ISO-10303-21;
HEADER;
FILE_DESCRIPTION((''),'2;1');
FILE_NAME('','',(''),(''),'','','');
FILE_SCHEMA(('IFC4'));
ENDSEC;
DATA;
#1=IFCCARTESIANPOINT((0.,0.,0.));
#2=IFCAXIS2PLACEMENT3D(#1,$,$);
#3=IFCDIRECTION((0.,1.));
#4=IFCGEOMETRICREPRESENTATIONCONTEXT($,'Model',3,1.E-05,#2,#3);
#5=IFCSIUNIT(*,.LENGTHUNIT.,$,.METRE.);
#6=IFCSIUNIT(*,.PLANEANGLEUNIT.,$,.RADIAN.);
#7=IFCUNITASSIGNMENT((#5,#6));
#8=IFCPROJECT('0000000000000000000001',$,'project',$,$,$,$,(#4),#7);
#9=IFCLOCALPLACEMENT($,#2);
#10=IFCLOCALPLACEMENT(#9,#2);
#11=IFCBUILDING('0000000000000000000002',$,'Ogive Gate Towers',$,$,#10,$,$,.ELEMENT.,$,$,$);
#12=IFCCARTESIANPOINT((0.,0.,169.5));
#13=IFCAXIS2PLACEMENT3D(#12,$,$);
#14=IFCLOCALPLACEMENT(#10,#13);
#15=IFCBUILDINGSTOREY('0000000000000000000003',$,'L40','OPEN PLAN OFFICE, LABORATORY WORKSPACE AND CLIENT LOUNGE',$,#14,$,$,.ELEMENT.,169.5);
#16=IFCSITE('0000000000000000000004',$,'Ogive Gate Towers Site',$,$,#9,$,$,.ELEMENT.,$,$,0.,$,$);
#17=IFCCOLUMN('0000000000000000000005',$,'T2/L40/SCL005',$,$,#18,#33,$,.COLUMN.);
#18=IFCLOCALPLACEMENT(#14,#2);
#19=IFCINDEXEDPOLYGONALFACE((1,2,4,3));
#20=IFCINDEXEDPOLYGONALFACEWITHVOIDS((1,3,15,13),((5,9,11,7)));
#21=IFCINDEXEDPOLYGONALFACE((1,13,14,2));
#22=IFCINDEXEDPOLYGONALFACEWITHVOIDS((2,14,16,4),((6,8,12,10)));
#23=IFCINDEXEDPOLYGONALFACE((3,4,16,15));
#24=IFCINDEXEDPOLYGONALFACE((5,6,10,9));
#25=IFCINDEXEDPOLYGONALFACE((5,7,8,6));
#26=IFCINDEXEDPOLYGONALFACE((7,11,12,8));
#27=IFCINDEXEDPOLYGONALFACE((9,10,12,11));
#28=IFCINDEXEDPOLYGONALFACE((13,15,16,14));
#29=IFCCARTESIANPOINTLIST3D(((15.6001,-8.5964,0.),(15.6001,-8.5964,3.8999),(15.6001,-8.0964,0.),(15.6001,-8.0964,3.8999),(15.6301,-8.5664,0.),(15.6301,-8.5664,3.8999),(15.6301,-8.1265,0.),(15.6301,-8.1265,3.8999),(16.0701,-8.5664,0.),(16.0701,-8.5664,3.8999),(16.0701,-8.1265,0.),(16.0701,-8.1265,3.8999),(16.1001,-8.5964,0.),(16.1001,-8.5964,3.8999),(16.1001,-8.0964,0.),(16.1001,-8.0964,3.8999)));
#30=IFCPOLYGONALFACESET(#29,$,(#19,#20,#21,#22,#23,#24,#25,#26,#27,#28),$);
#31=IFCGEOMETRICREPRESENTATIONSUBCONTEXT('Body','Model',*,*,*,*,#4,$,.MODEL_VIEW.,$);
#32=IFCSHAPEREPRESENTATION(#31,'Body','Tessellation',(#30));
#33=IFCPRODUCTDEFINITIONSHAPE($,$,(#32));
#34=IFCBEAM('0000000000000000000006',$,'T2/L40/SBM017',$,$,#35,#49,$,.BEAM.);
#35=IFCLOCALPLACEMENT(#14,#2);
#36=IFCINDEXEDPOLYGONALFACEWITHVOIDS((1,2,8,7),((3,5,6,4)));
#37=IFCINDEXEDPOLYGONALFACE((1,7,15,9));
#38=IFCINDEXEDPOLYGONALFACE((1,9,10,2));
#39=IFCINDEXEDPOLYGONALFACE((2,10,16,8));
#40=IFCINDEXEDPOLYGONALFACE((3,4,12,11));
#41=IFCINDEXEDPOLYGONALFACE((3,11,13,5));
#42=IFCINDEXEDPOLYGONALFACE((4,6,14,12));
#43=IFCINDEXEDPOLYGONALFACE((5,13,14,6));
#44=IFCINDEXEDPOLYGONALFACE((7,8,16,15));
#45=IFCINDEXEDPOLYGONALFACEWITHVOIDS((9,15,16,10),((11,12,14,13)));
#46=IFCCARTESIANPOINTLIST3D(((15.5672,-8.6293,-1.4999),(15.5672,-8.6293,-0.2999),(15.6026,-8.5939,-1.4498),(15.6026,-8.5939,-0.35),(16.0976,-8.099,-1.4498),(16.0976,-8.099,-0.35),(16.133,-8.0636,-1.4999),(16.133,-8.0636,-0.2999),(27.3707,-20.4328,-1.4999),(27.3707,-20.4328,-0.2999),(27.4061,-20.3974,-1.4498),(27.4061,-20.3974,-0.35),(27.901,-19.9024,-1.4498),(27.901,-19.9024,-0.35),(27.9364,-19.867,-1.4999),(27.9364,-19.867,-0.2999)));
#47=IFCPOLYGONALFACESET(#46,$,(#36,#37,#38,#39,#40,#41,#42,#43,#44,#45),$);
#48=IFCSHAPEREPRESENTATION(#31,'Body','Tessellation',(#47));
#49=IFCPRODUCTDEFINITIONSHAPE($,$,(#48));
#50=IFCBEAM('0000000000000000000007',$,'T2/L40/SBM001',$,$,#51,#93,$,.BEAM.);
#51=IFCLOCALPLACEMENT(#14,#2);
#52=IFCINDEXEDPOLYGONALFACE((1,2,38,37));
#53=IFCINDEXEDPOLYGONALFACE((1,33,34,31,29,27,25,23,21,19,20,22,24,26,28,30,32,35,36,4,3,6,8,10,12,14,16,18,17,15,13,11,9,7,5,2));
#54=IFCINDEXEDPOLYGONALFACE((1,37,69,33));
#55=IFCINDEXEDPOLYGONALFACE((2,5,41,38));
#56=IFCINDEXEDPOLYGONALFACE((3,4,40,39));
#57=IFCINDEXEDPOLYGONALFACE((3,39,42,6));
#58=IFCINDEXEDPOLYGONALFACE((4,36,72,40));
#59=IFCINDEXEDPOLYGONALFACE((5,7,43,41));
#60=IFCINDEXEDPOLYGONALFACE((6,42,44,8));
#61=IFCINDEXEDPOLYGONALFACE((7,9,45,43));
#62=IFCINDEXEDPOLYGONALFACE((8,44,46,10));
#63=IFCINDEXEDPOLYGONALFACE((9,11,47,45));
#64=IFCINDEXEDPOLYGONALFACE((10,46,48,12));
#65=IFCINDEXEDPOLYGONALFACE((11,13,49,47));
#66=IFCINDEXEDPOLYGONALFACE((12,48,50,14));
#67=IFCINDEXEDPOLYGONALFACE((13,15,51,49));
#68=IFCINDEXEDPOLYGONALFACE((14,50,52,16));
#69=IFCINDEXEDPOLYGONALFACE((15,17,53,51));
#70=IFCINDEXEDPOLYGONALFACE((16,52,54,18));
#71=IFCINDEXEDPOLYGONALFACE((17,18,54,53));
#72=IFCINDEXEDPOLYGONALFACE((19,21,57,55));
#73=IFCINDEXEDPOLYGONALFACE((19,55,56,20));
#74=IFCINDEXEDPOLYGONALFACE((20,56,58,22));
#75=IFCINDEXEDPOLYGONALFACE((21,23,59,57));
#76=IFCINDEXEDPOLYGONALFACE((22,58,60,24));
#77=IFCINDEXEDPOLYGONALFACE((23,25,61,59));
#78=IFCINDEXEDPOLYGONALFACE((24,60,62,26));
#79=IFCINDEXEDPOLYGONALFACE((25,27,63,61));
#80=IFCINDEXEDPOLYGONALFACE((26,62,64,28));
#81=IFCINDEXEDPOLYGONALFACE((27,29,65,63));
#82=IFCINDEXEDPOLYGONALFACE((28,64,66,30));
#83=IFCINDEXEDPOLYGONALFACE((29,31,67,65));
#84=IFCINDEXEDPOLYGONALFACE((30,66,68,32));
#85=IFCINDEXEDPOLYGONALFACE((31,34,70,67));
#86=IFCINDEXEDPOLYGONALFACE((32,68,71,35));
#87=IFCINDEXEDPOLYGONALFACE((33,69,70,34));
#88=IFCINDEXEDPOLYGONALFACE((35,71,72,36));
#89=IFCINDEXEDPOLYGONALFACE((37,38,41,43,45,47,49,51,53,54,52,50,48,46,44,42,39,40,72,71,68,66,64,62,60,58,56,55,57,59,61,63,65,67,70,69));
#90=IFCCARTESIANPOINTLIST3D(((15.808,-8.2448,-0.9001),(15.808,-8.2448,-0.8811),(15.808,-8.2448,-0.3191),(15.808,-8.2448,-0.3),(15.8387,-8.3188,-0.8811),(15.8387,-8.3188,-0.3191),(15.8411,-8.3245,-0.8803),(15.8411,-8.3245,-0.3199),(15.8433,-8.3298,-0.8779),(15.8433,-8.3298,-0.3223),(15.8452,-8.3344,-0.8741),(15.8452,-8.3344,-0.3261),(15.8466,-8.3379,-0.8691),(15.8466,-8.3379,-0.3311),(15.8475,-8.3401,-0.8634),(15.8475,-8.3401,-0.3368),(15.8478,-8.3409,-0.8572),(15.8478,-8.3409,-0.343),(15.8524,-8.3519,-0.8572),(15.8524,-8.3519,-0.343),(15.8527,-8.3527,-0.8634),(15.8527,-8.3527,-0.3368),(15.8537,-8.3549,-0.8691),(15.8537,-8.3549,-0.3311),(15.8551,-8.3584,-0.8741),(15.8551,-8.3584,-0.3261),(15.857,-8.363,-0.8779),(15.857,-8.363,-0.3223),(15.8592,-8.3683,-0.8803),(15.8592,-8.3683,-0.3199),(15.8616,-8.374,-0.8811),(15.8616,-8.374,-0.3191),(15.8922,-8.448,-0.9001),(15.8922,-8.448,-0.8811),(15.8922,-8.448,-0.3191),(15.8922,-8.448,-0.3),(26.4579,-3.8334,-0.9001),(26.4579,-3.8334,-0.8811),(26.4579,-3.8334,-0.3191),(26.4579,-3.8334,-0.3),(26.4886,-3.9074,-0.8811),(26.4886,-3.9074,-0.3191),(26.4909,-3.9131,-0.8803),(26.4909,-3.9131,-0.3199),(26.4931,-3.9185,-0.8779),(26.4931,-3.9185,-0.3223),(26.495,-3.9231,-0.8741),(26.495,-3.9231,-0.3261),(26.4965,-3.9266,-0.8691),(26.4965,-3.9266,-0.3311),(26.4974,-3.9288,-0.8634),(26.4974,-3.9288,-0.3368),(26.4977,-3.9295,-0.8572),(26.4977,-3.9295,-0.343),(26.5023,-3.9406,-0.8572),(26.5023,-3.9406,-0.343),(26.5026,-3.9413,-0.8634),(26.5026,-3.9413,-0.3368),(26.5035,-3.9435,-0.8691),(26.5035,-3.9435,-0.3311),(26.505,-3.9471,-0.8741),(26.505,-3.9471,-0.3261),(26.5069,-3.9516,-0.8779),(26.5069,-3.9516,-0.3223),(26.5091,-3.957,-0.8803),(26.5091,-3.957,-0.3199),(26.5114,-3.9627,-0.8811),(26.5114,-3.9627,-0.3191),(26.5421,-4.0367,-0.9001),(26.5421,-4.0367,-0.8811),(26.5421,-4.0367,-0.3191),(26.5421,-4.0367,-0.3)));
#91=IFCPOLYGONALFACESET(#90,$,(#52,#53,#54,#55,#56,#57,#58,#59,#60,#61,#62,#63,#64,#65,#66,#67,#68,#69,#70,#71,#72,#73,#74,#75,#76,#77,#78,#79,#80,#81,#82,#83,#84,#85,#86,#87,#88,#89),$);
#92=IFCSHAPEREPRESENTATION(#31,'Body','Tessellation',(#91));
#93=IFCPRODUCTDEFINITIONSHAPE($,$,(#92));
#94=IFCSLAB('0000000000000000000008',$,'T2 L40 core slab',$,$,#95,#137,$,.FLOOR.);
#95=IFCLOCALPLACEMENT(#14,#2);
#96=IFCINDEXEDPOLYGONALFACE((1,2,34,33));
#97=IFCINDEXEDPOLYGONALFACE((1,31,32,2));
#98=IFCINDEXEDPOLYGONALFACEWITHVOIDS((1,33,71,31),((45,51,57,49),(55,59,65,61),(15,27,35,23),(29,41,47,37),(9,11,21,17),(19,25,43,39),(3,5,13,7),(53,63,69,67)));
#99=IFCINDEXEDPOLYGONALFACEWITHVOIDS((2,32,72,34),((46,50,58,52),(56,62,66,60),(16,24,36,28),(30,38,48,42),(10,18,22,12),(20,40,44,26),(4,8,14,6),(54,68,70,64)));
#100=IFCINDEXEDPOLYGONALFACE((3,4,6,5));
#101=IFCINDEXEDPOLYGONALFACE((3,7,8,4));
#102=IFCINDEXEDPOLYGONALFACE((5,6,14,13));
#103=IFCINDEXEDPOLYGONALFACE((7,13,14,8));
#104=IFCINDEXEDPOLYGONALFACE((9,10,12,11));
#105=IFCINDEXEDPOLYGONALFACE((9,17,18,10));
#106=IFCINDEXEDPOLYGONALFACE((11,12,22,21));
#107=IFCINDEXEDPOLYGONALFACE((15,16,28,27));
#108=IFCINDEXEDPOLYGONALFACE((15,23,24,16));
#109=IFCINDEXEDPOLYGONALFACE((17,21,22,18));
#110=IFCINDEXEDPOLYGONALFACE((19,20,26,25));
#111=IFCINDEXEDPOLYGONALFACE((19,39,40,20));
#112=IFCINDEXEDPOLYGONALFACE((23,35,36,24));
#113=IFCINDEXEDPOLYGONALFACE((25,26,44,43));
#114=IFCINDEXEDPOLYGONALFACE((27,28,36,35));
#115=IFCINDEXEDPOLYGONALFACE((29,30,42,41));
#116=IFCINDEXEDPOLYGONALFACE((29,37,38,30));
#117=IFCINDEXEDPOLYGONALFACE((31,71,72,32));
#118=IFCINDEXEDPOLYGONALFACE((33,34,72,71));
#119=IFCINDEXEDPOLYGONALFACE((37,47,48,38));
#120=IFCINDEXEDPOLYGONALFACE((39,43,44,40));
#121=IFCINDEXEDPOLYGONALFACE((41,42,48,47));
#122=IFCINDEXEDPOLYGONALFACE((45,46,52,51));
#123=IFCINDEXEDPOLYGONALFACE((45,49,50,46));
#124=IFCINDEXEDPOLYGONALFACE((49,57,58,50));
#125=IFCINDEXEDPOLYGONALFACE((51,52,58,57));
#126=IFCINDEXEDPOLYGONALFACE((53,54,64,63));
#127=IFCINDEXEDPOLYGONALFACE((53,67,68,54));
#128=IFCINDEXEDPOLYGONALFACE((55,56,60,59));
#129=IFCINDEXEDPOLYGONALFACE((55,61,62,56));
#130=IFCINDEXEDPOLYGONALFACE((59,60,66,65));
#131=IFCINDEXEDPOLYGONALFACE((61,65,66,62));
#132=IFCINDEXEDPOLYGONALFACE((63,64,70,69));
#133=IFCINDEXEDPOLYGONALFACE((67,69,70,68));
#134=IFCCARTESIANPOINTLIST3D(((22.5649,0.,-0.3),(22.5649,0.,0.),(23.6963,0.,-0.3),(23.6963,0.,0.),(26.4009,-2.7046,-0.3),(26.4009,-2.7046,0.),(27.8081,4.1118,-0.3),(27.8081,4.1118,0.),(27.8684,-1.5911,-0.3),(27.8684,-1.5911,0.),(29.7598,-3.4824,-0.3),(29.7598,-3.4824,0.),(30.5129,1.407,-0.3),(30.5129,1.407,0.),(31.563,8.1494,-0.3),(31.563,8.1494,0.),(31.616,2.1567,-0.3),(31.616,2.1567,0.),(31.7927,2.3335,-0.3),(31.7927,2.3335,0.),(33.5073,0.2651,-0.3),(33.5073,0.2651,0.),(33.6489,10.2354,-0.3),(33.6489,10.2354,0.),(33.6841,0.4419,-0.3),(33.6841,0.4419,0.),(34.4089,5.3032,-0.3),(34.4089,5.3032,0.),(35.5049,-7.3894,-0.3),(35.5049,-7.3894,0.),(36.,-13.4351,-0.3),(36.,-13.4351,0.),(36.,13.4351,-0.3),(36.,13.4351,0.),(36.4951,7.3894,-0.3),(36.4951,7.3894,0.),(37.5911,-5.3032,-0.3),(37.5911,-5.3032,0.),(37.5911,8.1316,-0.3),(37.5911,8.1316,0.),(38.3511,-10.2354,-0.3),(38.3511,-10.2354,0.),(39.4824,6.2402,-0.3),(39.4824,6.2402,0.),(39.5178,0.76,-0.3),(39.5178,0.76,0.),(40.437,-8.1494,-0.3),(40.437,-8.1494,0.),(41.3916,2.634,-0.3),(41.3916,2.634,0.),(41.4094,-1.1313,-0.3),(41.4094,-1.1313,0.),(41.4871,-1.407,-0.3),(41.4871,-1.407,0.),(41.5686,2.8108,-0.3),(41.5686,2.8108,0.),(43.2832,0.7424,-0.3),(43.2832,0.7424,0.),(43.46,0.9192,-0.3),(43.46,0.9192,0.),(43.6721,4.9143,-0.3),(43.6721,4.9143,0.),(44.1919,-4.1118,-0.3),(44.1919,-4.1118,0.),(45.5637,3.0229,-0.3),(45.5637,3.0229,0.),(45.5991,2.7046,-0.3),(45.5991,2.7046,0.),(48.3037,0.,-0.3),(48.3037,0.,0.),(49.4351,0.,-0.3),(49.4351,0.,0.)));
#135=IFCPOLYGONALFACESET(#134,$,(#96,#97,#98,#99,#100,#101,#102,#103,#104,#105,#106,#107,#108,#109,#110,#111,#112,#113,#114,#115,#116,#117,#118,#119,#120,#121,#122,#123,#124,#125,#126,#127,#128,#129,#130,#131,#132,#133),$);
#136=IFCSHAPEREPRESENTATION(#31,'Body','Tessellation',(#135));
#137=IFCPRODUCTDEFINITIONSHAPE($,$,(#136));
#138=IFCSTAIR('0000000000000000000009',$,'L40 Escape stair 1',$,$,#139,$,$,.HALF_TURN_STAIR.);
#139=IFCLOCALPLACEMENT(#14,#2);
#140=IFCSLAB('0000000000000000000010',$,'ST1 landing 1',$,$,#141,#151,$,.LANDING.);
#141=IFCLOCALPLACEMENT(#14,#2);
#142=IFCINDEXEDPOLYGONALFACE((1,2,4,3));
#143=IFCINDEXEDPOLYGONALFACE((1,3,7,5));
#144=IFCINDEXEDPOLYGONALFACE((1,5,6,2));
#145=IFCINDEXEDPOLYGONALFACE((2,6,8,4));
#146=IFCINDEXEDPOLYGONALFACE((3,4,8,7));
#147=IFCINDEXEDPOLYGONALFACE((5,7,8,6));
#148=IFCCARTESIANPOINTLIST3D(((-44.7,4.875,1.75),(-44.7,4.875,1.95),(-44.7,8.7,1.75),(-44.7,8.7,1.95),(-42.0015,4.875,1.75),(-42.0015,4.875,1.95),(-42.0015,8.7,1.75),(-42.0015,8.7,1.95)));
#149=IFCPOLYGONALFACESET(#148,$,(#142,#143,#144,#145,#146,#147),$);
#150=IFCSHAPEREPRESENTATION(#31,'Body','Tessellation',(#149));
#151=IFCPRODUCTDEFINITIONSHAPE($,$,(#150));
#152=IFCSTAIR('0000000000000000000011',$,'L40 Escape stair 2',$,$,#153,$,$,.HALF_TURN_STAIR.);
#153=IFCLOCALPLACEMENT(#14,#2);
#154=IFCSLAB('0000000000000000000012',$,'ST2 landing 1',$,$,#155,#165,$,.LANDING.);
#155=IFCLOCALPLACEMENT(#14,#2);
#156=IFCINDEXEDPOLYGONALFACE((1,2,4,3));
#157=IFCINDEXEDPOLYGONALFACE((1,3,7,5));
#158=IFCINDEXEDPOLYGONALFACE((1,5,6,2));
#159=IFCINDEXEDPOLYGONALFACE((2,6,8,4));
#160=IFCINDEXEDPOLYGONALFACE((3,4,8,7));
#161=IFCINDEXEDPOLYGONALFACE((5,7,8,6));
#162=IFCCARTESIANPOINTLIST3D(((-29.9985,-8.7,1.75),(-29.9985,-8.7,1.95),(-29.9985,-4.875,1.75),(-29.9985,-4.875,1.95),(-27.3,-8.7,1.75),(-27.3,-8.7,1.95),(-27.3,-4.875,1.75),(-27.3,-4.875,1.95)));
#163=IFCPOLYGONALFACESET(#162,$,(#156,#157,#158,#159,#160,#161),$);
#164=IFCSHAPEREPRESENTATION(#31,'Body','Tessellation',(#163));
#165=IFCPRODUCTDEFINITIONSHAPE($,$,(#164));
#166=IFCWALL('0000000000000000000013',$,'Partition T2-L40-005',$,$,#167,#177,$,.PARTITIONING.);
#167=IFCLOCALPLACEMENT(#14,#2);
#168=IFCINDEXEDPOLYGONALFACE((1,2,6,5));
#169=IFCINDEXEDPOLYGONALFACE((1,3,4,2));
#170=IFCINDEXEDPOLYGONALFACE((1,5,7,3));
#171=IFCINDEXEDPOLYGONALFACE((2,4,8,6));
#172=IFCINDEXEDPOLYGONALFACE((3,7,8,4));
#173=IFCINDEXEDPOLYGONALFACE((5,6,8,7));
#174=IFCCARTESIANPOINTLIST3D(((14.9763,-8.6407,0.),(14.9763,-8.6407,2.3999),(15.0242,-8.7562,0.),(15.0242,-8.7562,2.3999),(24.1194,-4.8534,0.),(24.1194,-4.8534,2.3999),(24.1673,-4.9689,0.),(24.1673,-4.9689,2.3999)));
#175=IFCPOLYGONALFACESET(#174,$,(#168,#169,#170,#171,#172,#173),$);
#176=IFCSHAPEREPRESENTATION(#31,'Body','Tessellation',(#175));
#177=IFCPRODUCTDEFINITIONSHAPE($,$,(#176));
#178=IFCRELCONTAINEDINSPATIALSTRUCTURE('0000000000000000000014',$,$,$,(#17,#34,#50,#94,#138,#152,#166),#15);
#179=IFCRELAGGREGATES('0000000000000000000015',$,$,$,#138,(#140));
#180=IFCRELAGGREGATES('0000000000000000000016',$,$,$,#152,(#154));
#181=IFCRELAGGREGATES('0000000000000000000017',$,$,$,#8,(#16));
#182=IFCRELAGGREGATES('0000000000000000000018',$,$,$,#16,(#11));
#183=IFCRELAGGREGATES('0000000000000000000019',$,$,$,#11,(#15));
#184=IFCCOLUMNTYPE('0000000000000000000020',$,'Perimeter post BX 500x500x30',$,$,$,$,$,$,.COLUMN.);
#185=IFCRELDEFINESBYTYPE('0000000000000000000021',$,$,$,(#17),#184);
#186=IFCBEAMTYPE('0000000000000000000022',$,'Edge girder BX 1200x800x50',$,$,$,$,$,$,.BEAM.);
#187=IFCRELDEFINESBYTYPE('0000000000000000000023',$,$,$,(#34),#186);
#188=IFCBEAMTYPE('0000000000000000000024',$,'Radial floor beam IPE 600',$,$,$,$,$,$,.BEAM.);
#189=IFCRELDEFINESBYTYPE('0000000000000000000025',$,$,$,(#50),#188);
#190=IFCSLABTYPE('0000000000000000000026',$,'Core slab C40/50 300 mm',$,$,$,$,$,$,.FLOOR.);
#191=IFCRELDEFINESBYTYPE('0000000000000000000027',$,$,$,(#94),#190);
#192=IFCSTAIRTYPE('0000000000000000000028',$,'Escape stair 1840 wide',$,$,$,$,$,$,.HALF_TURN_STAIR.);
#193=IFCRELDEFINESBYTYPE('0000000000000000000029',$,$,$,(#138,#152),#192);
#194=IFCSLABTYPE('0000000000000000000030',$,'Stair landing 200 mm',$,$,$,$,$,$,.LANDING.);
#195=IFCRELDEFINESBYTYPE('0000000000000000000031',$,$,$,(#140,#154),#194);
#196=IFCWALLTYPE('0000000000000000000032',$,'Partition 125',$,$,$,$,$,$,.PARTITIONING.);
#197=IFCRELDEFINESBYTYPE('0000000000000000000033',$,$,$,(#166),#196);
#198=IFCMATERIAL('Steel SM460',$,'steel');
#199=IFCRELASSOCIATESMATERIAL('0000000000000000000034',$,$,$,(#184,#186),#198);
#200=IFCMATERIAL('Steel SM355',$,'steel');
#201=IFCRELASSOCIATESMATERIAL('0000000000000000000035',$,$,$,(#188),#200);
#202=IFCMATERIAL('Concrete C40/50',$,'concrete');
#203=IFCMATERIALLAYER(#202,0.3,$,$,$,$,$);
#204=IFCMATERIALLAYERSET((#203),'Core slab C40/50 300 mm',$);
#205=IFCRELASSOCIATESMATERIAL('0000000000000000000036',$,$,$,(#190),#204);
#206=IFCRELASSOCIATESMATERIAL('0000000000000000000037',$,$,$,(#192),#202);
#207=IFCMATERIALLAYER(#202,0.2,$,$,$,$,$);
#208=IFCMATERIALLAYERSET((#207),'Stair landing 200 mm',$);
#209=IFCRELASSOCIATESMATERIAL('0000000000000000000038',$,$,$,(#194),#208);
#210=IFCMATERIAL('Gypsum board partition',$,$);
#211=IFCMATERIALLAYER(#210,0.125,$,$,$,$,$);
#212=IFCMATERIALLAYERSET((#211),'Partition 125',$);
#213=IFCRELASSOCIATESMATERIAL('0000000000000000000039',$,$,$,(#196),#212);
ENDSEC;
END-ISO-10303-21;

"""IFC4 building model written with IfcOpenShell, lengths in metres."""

from ifc_helpers import new_model, si_unit, direction, frame, frame_2d, origin, origin_2d, place, context, subcontext, project, spatial, polyline, rectangle, hollow_rectangle, i_section, outline, extrude, material, layer, layer_set, material_profile, profile_set, type_object, element, aggregate, save


model = new_model("IFC4")

# Units and contexts
model_context = context("Model", 3, precision=1e-05, world=origin(), true_north=direction((0.0, 1.0)))
body_context = subcontext(model_context, "Body", "Model", "MODEL_VIEW")
ifc_project = project(units=[si_unit("LENGTHUNIT", "METRE"), si_unit("PLANEANGLEUNIT", "RADIAN")], contexts=[model_context])

# Site, building, storey
site_placement = place(None, origin())
site = spatial("IfcSite", under=ifc_project, at=site_placement, Name="Ogive Gate Towers Site", CompositionType="ELEMENT", RefElevation=0.0)
building_placement = place(site_placement, origin())
building = spatial("IfcBuilding", under=site, at=building_placement, Name="Ogive Gate Towers", CompositionType="ELEMENT")
storey_placement = place(building_placement, frame((0.0, 0.0, 169.5)))
storey = spatial("IfcBuildingStorey", under=building, at=storey_placement, Name="L40", Description="OPEN PLAN OFFICE, LABORATORY WORKSPACE AND CLIENT LOUNGE", CompositionType="ELEMENT", Elevation=169.5)

# Column
ifc_material_1 = material(Name="Steel SM460", Category="steel")
ifc_material_profile_1 = material_profile(ifc_material_1, hollow_rectangle(XDim=0.5, YDim=0.5, WallThickness=0.03, at=origin_2d()), Name="BX 500x500x30")
ifc_profile_set_1 = profile_set([ifc_material_profile_1], Name="Steel SM460")
column_type = type_object("IfcColumnType", Name="Perimeter post BX 500x500x30", PredefinedType="COLUMN", material=ifc_profile_set_1)
column_placement = place(storey_placement, frame((15.8501, -8.3464, 0.0), z_axis=(0.0, 0.0, 1.0), x_axis=(1.0, 0.0, 0.0)))
element("IfcColumn", 1, at=column_placement, inside=storey, type_object=column_type, Name="T2/L40/SCL005", PredefinedType="COLUMN", context=body_context, shape_type="SweptSolid", body=[
    extrude(hollow_rectangle(XDim=0.5, YDim=0.5, WallThickness=0.03, at=origin_2d()), origin(), (0.0, 0.0, 1.0), 3.8999),
])

# Beams
ifc_material_profile_2 = material_profile(ifc_material_1, hollow_rectangle(XDim=0.8, YDim=1.2, WallThickness=0.05, at=origin_2d()), Name="BX 1200x800x50")
ifc_profile_set_2 = profile_set([ifc_material_profile_2], Name="Steel SM460")
beam_type_1 = type_object("IfcBeamType", Name="Edge girder BX 1200x800x50", PredefinedType="BEAM", material=ifc_profile_set_2)
beam_1_placement = place(storey_placement, frame((15.8501, -8.3464, -0.8999), z_axis=(0.707107, -0.707107, 0.0), x_axis=(0.707107, 0.707107, 0.0)))
element("IfcBeam", 2, at=beam_1_placement, inside=storey, type_object=beam_type_1, Name="T2/L40/SBM017", PredefinedType="BEAM", context=body_context, shape_type="SweptSolid", body=[
    extrude(hollow_rectangle(XDim=0.8, YDim=1.2, WallThickness=0.05, at=origin_2d()), origin(), (0.0, 0.0, 1.0), 16.6926),
])
ifc_material_2 = material(Name="Steel SM355", Category="steel")
ifc_material_profile_3 = material_profile(ifc_material_2, i_section(OverallWidth=0.22, OverallDepth=0.6001, WebThickness=0.012, FlangeThickness=0.019, FilletRadius=0.0239, at=origin_2d()), Name="IPE 600")
ifc_profile_set_3 = profile_set([ifc_material_profile_3], Name="Steel SM355")
beam_type_2 = type_object("IfcBeamType", Name="Radial floor beam IPE 600", PredefinedType="BEAM", material=ifc_profile_set_3)
beam_2_placement = place(storey_placement, frame((26.5, -3.9351, -0.6001), z_axis=(-0.923878, -0.382687, 0.0), x_axis=(0.382687, -0.923878, 0.0)))
element("IfcBeam", 3, at=beam_2_placement, inside=storey, type_object=beam_type_2, Name="T2/L40/SBM001", PredefinedType="BEAM", context=body_context, shape_type="SweptSolid", body=[
    extrude(i_section(OverallWidth=0.22, OverallDepth=0.6001, WebThickness=0.012, FlangeThickness=0.019, FilletRadius=0.0239, at=origin_2d()), origin(), (0.0, 0.0, 1.0), 11.5273),
])

# Slab
ifc_material_3 = material(Name="Concrete C40/50", Category="concrete")
ifc_layer_1 = layer(ifc_material_3, 0.3)
ifc_layer_set_1 = layer_set([ifc_layer_1], Name="Core slab C40/50 300 mm")
slab_type_1 = type_object("IfcSlabType", Name="Core slab C40/50 300 mm", PredefinedType="FLOOR", material=ifc_layer_set_1)
slab_1_placement = place(storey_placement, frame((0.0, 0.0, -0.3)))
element("IfcSlab", 4, at=slab_1_placement, inside=storey, type_object=slab_type_1, Name="T2 L40 core slab", PredefinedType="FLOOR", context=body_context, shape_type="SweptSolid", body=[
    extrude(outline(polyline([(36.0, -13.4351), (22.5649, 0.0), (36.0, 13.4351), (49.4351, 0.0), (36.0, -13.4351)]), holes=[polyline([(29.7598, -3.4824), (33.5073, 0.2651), (31.616, 2.1567), (27.8684, -1.5911), (29.7598, -3.4824)]), polyline([(31.7927, 2.3335), (33.6841, 0.4419), (39.4824, 6.2402), (37.5911, 8.1316), (31.7927, 2.3335)]), polyline([(41.3916, 2.634), (39.5178, 0.76), (41.4094, -1.1313), (43.2832, 0.7424), (41.3916, 2.634)]), polyline([(45.5637, 3.0229), (43.6721, 4.9143), (41.5686, 2.8108), (43.46, 0.9192), (45.5637, 3.0229)]), polyline([(34.4089, 5.3032), (36.4951, 7.3894), (33.6489, 10.2354), (31.563, 8.1494), (34.4089, 5.3032)]), polyline([(35.5049, -7.3894), (38.3511, -10.2354), (40.437, -8.1494), (37.5911, -5.3032), (35.5049, -7.3894)]), polyline([(26.4009, -2.7046), (30.5129, 1.407), (27.8081, 4.1118), (23.6963, 0.0), (26.4009, -2.7046)]), polyline([(48.3037, 0.0), (45.5991, 2.7046), (41.4871, -1.407), (44.1919, -4.1118), (48.3037, 0.0)])]), origin(), (0.0, 0.0, 1.0), 0.3),
])

# Stairs, slabs
stair_type = type_object("IfcStairType", Name="Escape stair 1840 wide", PredefinedType="HALF_TURN_STAIR", material=ifc_material_3)
stair_1_placement = place(storey_placement, origin())
stair_1 = element("IfcStair", 5, at=stair_1_placement, inside=storey, type_object=stair_type, Name="L40 Escape stair 1", PredefinedType="HALF_TURN_STAIR")
ifc_layer_2 = layer(ifc_material_3, 0.2)
ifc_layer_set_2 = layer_set([ifc_layer_2], Name="Stair landing 200 mm")
slab_type_2 = type_object("IfcSlabType", Name="Stair landing 200 mm", PredefinedType="LANDING", material=ifc_layer_set_2)
slab_2_placement = place(storey_placement, frame((0.0, 0.0, 1.75)))
slab_2 = element("IfcSlab", 6, at=slab_2_placement, type_object=slab_type_2, Name="ST1 landing 1", PredefinedType="LANDING", context=body_context, shape_type="SweptSolid", body=[
    extrude(outline(polyline([(-42.0015, 8.7), (-44.7, 8.7), (-44.7, 4.875), (-42.0015, 4.875), (-42.0015, 8.7)])), origin(), (0.0, 0.0, 1.0), 0.2),
])
aggregate(stair_1, [slab_2])
stair_2_placement = place(storey_placement, origin())
stair_2 = element("IfcStair", 7, at=stair_2_placement, inside=storey, type_object=stair_type, Name="L40 Escape stair 2", PredefinedType="HALF_TURN_STAIR")
slab_3_placement = place(storey_placement, frame((0.0, 0.0, 1.75)))
slab_3 = element("IfcSlab", 8, at=slab_3_placement, type_object=slab_type_2, Name="ST2 landing 1", PredefinedType="LANDING", context=body_context, shape_type="SweptSolid", body=[
    extrude(outline(polyline([(-29.9985, -8.7), (-27.3, -8.7), (-27.3, -4.875), (-29.9985, -4.875), (-29.9985, -8.7)])), origin(), (0.0, 0.0, 1.0), 0.2),
])
aggregate(stair_2, [slab_3])

# Wall
ifc_material_4 = material(Name="Gypsum board partition")
ifc_layer_3 = layer(ifc_material_4, 0.125)
ifc_layer_set_3 = layer_set([ifc_layer_3], Name="Partition 125")
wall_type_1 = type_object("IfcWallType", Name="Partition 125", PredefinedType="PARTITIONING", material=ifc_layer_set_3)
wall_1_placement = place(storey_placement, frame((15.0002, -8.6985, 0.0), z_axis=(0.0, 0.0, 1.0), x_axis=(0.923873, 0.382698, 0.0)))
element("IfcWall", 9, at=wall_1_placement, inside=storey, type_object=wall_type_1, Name="Partition T2-L40-005", PredefinedType="PARTITIONING", context=body_context, shape_type="SweptSolid", body=[
    extrude(rectangle(XDim=9.8965, YDim=0.125, at=frame_2d((4.9482, 0.0))), origin(), (0.0, 0.0, 1.0), 2.3999),
])

save(model, "model.ifc")
